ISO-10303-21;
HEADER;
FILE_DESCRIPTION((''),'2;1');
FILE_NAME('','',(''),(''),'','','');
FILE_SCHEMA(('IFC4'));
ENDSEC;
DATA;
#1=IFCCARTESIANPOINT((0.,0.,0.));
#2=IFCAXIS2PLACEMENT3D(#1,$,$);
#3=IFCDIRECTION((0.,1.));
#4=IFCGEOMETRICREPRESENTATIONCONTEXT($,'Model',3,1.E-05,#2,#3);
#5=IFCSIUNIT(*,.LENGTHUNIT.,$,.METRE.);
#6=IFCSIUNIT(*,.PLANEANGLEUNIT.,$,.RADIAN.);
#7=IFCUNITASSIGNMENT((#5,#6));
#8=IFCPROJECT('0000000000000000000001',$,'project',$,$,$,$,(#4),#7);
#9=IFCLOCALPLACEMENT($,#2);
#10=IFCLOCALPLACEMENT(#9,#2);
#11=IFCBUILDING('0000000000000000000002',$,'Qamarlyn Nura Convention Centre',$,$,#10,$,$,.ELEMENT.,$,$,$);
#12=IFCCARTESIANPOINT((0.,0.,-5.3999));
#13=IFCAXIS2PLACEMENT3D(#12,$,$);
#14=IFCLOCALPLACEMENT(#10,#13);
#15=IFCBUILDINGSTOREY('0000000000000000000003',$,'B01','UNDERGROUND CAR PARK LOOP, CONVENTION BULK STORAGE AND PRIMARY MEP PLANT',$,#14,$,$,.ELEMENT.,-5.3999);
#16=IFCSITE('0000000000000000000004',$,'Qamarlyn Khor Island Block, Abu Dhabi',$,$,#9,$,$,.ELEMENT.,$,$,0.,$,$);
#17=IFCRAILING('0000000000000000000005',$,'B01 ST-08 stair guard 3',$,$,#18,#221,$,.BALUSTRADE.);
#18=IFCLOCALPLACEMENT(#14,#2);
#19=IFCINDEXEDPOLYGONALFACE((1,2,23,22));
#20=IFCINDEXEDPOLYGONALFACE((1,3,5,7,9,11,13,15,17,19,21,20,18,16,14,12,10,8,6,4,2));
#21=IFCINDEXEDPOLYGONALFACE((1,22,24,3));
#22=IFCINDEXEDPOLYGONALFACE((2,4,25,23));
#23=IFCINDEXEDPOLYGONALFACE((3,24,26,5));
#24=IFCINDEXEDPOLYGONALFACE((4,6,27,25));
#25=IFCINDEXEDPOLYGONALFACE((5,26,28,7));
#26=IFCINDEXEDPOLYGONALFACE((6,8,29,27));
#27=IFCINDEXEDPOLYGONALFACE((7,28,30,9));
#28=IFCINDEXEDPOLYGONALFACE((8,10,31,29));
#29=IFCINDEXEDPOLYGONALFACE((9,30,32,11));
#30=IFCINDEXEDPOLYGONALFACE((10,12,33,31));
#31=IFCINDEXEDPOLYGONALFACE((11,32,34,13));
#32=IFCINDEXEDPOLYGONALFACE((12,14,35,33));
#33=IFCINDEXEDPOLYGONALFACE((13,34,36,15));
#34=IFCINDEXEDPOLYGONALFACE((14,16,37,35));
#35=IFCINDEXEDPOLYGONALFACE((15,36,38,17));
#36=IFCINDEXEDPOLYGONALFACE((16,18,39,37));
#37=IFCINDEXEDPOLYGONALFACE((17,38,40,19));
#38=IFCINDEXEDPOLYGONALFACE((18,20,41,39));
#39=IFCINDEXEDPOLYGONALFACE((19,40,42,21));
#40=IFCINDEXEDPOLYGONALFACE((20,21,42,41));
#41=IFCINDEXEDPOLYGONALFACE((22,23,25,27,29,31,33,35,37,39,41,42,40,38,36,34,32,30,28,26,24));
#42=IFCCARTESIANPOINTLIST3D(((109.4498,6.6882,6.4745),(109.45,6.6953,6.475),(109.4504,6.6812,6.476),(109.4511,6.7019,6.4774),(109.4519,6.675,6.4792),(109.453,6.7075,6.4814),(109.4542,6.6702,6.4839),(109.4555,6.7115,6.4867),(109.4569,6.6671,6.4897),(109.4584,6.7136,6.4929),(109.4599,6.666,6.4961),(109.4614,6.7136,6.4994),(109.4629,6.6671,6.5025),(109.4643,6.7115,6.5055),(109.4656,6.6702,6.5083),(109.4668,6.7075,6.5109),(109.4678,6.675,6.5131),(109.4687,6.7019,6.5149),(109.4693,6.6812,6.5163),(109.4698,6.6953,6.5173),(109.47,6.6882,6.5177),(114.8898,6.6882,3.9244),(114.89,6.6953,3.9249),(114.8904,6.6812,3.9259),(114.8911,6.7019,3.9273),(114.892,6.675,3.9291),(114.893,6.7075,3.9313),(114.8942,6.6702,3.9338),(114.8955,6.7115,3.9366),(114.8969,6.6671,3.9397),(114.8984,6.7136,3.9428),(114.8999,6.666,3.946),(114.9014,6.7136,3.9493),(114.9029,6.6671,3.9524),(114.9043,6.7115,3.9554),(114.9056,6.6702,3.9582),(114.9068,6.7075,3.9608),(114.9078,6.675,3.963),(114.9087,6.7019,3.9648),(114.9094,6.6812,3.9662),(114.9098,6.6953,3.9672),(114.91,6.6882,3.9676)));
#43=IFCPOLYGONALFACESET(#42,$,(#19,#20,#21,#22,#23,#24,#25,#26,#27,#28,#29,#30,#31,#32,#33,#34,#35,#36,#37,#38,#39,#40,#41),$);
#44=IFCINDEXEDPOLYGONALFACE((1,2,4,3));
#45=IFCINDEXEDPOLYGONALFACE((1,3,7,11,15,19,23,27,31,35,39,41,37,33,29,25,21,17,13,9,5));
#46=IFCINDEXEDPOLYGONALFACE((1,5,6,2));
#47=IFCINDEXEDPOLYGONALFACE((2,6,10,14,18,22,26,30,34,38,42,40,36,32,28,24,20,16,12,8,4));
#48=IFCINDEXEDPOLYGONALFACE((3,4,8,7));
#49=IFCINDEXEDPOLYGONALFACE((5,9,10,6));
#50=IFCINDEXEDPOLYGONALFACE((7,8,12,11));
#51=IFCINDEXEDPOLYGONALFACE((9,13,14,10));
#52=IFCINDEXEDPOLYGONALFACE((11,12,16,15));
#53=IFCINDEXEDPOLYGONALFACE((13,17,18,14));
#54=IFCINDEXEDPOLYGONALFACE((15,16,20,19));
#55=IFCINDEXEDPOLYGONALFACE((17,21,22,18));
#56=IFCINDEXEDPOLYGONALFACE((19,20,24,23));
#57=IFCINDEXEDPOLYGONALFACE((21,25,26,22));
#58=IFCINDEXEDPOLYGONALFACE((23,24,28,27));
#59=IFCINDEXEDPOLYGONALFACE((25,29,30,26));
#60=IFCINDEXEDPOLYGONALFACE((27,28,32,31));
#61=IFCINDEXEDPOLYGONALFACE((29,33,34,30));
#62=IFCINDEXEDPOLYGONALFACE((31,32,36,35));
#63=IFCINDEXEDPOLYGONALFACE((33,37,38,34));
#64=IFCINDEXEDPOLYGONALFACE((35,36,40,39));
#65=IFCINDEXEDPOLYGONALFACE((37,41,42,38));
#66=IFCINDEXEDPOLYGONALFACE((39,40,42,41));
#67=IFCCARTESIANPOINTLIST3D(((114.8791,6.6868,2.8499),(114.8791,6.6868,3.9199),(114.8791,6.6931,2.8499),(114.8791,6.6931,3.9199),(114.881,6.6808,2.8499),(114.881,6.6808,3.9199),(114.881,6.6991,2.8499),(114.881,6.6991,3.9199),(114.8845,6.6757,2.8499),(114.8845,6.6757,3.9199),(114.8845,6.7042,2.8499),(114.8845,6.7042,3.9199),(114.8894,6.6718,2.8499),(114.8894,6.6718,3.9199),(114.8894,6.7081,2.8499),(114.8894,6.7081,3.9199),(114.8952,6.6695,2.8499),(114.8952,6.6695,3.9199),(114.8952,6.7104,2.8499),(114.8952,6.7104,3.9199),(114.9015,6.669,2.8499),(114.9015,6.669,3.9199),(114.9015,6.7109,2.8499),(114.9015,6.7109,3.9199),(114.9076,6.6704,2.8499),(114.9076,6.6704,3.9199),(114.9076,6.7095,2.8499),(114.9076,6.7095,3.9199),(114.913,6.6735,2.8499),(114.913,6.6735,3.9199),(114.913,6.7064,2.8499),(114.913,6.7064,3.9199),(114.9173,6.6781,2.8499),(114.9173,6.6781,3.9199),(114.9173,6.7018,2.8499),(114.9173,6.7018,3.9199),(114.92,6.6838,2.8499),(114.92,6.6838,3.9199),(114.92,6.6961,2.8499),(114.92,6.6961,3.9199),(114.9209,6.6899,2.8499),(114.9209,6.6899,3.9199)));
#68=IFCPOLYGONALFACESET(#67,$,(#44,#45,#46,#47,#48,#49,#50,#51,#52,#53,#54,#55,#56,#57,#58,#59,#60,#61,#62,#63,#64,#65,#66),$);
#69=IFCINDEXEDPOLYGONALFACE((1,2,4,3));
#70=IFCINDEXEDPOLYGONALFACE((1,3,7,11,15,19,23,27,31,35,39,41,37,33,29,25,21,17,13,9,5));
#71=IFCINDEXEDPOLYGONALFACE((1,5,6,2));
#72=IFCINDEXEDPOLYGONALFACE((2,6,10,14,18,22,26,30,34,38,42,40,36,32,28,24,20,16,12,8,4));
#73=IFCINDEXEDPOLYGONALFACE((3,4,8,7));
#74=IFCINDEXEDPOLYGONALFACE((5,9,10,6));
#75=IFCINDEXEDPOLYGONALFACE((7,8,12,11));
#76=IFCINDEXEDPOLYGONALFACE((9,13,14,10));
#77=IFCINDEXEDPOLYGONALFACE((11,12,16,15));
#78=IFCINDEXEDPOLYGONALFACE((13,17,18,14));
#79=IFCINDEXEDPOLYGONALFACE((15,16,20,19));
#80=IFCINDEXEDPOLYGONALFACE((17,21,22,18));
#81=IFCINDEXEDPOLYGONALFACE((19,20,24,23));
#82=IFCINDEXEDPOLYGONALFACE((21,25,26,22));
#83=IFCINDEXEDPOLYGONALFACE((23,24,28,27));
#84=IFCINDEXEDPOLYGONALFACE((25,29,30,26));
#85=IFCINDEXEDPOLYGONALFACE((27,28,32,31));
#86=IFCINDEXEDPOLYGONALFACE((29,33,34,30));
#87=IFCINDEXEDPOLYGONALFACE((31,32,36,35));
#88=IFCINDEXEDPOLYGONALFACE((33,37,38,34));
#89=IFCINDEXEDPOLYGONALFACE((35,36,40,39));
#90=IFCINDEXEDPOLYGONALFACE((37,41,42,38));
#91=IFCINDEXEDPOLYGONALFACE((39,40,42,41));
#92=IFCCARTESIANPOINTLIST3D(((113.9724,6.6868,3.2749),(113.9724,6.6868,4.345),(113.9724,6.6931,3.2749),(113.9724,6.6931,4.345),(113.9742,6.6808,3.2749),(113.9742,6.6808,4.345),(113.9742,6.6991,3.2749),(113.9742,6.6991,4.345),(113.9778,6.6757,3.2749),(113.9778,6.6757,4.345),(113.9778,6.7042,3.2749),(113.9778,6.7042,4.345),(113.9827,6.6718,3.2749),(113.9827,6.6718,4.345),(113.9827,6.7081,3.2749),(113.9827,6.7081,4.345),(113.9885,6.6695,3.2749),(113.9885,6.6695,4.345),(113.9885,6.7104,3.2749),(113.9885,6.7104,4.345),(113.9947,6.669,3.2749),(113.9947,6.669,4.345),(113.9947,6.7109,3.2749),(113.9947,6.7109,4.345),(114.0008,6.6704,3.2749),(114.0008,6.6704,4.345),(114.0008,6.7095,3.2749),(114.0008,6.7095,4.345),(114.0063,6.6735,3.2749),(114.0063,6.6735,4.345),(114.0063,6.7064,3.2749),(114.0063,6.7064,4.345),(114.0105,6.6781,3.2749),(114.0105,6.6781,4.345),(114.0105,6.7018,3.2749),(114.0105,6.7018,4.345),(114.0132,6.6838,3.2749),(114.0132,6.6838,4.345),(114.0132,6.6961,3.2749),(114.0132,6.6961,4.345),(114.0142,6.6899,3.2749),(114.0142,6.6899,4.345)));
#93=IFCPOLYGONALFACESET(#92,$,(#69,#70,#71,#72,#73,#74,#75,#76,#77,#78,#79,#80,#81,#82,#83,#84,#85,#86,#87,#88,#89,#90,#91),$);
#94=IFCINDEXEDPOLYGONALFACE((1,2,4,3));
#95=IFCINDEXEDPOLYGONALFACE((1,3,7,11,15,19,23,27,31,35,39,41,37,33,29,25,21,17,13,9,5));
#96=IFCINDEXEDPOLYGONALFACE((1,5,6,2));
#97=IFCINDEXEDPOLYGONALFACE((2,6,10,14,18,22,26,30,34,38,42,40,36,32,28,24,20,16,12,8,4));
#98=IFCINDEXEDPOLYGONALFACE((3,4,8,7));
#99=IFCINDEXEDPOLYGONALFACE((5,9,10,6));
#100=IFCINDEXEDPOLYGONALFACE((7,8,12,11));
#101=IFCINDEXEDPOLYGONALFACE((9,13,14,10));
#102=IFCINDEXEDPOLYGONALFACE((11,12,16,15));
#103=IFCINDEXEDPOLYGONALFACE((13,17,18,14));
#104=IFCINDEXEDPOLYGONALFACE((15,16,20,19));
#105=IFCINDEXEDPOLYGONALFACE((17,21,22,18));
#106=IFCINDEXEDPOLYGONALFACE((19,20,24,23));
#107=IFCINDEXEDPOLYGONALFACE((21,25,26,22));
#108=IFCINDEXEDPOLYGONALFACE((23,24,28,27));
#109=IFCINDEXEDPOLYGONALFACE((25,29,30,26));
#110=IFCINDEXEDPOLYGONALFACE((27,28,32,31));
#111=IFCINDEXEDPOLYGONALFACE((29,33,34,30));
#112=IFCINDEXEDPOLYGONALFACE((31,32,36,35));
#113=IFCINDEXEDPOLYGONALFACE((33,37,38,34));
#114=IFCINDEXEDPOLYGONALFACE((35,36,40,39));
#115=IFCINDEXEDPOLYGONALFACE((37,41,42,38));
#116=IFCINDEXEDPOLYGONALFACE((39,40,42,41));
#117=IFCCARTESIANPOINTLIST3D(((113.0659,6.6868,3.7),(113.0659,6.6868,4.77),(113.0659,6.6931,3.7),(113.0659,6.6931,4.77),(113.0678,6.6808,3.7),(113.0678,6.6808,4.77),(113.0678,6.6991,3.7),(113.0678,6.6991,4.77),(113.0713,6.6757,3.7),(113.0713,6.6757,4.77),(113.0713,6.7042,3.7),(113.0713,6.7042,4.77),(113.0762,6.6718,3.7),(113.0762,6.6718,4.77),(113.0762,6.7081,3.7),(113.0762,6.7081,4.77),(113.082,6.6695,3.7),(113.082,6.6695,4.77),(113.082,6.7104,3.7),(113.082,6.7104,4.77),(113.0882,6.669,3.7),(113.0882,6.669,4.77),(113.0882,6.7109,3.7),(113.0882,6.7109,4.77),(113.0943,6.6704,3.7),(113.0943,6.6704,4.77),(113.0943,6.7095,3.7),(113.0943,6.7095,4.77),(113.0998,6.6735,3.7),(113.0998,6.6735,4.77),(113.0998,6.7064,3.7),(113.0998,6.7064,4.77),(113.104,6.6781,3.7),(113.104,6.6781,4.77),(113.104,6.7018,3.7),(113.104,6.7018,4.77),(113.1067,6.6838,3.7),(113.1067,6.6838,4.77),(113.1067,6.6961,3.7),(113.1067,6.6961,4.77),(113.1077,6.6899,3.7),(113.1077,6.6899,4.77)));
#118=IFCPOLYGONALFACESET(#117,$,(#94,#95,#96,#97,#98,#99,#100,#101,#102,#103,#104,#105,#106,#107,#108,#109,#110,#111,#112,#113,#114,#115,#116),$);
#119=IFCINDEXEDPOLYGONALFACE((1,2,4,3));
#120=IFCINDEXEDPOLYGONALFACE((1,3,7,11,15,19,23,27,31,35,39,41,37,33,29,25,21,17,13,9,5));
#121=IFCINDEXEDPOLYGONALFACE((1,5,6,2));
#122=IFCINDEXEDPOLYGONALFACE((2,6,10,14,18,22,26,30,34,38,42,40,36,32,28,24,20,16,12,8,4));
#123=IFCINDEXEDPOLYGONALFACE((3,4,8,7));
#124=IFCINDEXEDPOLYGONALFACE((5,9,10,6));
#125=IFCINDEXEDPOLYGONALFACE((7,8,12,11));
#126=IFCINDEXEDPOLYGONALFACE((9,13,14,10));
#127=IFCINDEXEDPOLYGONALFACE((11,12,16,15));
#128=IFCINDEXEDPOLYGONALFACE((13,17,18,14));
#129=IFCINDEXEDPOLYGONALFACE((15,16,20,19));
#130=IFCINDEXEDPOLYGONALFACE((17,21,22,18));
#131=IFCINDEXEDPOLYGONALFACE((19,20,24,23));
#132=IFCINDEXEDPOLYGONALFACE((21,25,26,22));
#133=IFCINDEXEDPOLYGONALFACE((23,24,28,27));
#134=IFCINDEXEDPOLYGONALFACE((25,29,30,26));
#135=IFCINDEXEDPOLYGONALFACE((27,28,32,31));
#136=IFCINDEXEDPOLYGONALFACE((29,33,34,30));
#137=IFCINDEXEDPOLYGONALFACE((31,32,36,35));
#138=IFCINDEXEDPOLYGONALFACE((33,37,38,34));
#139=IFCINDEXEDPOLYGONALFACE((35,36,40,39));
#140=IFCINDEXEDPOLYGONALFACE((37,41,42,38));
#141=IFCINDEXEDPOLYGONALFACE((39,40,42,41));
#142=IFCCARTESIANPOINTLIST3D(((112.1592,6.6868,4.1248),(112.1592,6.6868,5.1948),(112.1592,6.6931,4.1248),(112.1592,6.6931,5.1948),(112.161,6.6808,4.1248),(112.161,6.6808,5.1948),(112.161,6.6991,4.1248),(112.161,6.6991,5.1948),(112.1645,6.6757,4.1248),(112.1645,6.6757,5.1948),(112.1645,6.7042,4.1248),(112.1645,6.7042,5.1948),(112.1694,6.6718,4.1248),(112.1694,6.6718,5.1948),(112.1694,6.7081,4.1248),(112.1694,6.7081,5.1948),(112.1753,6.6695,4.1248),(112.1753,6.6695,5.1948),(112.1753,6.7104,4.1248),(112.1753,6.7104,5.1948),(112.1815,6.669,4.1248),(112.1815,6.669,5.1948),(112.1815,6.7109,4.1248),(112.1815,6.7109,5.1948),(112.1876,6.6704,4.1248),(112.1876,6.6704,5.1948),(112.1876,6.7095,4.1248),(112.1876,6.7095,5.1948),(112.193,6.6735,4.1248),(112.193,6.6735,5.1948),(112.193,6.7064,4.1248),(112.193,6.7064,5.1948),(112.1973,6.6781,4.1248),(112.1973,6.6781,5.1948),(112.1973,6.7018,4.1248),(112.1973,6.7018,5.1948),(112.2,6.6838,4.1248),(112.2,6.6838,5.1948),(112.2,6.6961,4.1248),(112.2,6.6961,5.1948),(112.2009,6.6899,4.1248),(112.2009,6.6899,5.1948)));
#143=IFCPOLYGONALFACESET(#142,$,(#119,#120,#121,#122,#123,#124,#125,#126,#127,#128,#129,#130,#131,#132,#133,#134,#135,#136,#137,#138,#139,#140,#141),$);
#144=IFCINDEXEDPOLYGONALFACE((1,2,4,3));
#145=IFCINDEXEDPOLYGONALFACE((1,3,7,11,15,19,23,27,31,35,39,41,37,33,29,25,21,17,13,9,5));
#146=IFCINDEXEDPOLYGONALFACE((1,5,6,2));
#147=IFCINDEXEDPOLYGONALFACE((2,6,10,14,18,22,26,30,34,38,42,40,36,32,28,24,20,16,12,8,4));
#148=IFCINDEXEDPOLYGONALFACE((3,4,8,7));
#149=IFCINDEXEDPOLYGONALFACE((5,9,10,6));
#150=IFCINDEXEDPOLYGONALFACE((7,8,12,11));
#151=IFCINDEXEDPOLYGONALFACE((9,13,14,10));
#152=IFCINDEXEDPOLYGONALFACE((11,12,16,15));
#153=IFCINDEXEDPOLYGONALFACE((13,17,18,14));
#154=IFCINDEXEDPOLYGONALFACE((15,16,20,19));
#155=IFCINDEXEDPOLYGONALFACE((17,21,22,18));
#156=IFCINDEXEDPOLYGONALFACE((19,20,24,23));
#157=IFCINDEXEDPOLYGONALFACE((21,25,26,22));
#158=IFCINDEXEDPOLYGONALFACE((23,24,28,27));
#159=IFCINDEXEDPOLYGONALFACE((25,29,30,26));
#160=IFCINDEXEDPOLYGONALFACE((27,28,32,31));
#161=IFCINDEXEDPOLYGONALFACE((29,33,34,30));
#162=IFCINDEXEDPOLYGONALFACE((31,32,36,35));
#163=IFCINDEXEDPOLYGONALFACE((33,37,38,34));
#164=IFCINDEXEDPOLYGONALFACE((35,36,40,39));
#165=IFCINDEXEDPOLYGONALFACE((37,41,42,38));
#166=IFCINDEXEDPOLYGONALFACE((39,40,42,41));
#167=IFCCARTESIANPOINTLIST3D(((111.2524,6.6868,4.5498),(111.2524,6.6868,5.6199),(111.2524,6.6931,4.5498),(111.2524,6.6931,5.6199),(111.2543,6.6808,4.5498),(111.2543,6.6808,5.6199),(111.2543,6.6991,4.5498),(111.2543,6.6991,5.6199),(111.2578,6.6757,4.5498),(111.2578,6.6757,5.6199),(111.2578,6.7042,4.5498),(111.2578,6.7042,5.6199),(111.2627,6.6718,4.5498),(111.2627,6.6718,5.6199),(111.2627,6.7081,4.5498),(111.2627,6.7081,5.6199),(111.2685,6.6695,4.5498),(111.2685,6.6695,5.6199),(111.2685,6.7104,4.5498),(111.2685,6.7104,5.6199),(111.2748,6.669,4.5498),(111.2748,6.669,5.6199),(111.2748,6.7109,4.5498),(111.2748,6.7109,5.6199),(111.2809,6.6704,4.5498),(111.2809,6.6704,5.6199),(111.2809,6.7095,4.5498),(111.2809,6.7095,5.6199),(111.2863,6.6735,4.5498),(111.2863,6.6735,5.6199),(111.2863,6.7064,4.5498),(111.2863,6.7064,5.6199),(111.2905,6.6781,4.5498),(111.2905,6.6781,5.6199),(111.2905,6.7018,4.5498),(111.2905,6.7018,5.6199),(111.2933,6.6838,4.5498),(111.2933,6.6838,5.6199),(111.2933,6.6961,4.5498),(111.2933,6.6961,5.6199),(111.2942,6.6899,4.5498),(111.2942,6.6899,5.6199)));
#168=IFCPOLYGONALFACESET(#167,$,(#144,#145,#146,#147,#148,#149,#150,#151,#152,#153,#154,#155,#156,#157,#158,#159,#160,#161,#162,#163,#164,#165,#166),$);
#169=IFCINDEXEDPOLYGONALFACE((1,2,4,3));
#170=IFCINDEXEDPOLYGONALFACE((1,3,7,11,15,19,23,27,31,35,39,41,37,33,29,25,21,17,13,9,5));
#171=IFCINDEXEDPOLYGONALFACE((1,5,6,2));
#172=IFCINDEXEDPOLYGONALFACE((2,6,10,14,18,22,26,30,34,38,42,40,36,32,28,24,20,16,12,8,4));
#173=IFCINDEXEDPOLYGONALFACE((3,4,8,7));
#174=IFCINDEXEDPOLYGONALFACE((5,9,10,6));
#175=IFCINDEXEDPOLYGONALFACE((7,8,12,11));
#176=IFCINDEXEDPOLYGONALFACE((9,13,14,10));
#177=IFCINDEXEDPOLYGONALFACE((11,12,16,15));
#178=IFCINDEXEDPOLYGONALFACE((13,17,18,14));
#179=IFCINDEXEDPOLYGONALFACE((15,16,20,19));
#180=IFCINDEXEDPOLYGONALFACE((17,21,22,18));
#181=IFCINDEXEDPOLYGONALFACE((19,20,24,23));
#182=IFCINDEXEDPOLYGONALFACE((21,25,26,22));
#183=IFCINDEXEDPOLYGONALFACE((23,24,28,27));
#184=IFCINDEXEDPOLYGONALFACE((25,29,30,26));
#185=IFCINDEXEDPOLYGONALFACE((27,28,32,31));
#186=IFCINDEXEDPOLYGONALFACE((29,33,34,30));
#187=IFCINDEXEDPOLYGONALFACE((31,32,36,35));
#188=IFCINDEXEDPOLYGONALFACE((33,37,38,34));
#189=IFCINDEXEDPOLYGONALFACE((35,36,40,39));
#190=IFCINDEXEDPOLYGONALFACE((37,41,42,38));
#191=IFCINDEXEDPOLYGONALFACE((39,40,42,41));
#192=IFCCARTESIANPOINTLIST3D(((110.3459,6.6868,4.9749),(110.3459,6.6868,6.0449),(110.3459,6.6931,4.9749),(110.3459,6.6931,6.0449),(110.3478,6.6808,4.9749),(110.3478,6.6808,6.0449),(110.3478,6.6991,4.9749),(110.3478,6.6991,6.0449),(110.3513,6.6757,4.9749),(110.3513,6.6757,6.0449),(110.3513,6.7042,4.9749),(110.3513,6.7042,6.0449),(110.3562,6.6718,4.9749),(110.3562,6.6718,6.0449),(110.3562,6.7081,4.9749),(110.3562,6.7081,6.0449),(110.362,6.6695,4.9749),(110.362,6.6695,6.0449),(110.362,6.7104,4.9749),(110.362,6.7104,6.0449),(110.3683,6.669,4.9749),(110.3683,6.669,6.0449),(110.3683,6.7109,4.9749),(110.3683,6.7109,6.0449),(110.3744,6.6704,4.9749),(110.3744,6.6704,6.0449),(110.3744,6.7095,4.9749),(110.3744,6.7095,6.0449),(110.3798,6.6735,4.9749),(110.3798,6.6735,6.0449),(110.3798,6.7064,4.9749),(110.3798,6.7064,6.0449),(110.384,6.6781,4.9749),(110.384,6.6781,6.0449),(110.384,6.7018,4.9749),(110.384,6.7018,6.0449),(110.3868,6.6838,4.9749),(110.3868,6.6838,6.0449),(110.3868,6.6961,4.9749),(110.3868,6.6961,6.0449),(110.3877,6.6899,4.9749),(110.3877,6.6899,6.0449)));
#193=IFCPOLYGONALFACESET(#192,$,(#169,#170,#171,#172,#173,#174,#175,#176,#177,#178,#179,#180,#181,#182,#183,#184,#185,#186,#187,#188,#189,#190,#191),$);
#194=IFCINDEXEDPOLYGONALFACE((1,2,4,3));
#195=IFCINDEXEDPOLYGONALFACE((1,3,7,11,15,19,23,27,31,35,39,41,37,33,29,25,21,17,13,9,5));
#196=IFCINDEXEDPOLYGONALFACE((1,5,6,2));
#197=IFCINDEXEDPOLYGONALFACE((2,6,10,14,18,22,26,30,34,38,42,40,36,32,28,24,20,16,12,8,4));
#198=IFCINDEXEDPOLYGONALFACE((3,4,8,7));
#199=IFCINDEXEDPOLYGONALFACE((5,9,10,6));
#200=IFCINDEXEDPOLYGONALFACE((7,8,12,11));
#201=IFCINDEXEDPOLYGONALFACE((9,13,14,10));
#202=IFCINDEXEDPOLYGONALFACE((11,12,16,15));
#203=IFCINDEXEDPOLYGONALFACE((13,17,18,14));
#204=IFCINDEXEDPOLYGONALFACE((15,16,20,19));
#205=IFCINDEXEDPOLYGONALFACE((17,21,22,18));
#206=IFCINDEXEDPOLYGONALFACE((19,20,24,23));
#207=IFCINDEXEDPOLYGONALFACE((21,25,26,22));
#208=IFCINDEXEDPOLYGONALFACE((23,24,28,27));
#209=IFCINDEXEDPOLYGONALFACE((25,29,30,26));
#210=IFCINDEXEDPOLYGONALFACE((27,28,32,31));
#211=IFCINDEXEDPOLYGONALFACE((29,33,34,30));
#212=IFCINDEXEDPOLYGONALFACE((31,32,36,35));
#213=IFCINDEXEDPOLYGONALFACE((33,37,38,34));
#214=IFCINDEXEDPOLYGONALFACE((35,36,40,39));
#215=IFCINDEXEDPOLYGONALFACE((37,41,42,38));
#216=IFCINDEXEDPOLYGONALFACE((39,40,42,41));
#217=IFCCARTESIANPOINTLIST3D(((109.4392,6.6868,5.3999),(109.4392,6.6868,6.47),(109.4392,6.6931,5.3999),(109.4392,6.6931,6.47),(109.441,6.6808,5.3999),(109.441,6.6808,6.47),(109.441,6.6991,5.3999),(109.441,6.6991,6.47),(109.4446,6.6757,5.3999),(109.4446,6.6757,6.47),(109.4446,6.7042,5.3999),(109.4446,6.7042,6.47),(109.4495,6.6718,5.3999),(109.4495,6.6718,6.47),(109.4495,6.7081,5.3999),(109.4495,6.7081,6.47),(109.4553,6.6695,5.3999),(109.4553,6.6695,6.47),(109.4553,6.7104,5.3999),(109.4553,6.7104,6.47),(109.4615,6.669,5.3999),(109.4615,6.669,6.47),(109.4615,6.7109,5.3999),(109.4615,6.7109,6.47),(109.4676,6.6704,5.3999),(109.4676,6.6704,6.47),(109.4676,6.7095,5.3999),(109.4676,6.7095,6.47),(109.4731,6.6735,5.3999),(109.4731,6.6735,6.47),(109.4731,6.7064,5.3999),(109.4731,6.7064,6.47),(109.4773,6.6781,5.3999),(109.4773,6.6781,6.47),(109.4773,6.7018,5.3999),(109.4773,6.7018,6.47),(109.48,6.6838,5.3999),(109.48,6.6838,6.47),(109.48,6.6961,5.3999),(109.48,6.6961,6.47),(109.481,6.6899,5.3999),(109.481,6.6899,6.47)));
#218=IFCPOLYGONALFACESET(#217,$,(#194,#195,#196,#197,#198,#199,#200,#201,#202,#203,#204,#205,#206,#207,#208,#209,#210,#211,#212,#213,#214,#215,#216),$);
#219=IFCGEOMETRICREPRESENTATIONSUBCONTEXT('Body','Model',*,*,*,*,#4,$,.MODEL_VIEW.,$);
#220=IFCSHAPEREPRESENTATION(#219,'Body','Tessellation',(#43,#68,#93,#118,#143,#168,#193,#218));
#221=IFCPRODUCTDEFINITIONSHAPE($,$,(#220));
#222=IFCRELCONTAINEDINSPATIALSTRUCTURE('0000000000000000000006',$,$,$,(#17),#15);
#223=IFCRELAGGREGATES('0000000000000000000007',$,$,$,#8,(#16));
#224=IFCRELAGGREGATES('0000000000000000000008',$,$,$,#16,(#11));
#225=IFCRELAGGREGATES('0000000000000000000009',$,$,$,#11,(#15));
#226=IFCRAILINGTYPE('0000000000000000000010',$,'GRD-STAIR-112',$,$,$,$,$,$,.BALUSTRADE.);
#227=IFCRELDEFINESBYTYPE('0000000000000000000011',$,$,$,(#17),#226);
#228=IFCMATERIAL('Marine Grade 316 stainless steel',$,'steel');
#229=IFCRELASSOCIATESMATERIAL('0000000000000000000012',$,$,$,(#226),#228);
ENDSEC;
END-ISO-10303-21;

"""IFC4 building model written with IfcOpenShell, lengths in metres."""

from ifc_helpers import new_model, si_unit, direction, frame, origin, origin_2d, place, context, subcontext, project, spatial, circle, extrude, material, type_object, element, save


model = new_model("IFC4")

# Units and contexts
model_context = context("Model", 3, precision=1e-05, world=origin(), true_north=direction((0.0, 1.0)))
body_context = subcontext(model_context, "Body", "Model", "MODEL_VIEW")
ifc_project = project(units=[si_unit("LENGTHUNIT", "METRE"), si_unit("PLANEANGLEUNIT", "RADIAN")], contexts=[model_context])

# Site, building, storey
site_placement = place(None, origin())
site = spatial("IfcSite", under=ifc_project, at=site_placement, Name="Qamarlyn Khor Island Block, Abu Dhabi", CompositionType="ELEMENT", RefElevation=0.0)
building_placement = place(site_placement, origin())
building = spatial("IfcBuilding", under=site, at=building_placement, Name="Qamarlyn Nura Convention Centre", CompositionType="ELEMENT")
storey_placement = place(building_placement, frame((0.0, 0.0, -5.3999)))
storey = spatial("IfcBuildingStorey", under=building, at=storey_placement, Name="B01", Description="UNDERGROUND CAR PARK LOOP, CONVENTION BULK STORAGE AND PRIMARY MEP PLANT", CompositionType="ELEMENT", Elevation=-5.3999)

# Railing
ifc_material_1 = material(Name="Marine Grade 316 stainless steel", Category="steel")
railing_type_1 = type_object("IfcRailingType", Name="GRD-STAIR-112", PredefinedType="BALUSTRADE", material=ifc_material_1)
railing_1_placement = place(storey_placement, frame((114.8999, 6.6899, 2.8499)))
element("IfcRailing", 1, at=railing_1_placement, inside=storey, type_object=railing_type_1, Name="B01 ST-08 stair guard 3", PredefinedType="BALUSTRADE", context=body_context, shape_type="SweptSolid", body=[
    extrude(circle(Radius=0.0239, at=origin_2d()), frame((0.0, 0.0, 1.0962), z_axis=(-0.905454, 0.0, 0.424444), x_axis=(0.0, -1.0, 0.0)), (0.0, 0.0, 1.0), 6.0081),
    extrude(circle(Radius=0.021, at=origin_2d()), origin(), (0.0, 0.0, 1.0), 1.0701),
    extrude(circle(Radius=0.021, at=origin_2d()), frame((-0.9067, 0.0, 0.425)), (0.0, 0.0, 1.0), 1.0701),
    extrude(circle(Radius=0.021, at=origin_2d()), frame((-1.8132, 0.0, 0.8501)), (0.0, 0.0, 1.0), 1.0701),
    extrude(circle(Radius=0.021, at=origin_2d()), frame((-2.72, 0.0, 1.2749)), (0.0, 0.0, 1.0), 1.0701),
    extrude(circle(Radius=0.021, at=origin_2d()), frame((-3.6267, 0.0, 1.7)), (0.0, 0.0, 1.0), 1.0701),
    extrude(circle(Radius=0.021, at=origin_2d()), frame((-4.5332, 0.0, 2.125)), (0.0, 0.0, 1.0), 1.0701),
    extrude(circle(Radius=0.021, at=origin_2d()), frame((-5.4399, 0.0, 2.55)), (0.0, 0.0, 1.0), 1.0701),
])

save(model, "model.ifc")
